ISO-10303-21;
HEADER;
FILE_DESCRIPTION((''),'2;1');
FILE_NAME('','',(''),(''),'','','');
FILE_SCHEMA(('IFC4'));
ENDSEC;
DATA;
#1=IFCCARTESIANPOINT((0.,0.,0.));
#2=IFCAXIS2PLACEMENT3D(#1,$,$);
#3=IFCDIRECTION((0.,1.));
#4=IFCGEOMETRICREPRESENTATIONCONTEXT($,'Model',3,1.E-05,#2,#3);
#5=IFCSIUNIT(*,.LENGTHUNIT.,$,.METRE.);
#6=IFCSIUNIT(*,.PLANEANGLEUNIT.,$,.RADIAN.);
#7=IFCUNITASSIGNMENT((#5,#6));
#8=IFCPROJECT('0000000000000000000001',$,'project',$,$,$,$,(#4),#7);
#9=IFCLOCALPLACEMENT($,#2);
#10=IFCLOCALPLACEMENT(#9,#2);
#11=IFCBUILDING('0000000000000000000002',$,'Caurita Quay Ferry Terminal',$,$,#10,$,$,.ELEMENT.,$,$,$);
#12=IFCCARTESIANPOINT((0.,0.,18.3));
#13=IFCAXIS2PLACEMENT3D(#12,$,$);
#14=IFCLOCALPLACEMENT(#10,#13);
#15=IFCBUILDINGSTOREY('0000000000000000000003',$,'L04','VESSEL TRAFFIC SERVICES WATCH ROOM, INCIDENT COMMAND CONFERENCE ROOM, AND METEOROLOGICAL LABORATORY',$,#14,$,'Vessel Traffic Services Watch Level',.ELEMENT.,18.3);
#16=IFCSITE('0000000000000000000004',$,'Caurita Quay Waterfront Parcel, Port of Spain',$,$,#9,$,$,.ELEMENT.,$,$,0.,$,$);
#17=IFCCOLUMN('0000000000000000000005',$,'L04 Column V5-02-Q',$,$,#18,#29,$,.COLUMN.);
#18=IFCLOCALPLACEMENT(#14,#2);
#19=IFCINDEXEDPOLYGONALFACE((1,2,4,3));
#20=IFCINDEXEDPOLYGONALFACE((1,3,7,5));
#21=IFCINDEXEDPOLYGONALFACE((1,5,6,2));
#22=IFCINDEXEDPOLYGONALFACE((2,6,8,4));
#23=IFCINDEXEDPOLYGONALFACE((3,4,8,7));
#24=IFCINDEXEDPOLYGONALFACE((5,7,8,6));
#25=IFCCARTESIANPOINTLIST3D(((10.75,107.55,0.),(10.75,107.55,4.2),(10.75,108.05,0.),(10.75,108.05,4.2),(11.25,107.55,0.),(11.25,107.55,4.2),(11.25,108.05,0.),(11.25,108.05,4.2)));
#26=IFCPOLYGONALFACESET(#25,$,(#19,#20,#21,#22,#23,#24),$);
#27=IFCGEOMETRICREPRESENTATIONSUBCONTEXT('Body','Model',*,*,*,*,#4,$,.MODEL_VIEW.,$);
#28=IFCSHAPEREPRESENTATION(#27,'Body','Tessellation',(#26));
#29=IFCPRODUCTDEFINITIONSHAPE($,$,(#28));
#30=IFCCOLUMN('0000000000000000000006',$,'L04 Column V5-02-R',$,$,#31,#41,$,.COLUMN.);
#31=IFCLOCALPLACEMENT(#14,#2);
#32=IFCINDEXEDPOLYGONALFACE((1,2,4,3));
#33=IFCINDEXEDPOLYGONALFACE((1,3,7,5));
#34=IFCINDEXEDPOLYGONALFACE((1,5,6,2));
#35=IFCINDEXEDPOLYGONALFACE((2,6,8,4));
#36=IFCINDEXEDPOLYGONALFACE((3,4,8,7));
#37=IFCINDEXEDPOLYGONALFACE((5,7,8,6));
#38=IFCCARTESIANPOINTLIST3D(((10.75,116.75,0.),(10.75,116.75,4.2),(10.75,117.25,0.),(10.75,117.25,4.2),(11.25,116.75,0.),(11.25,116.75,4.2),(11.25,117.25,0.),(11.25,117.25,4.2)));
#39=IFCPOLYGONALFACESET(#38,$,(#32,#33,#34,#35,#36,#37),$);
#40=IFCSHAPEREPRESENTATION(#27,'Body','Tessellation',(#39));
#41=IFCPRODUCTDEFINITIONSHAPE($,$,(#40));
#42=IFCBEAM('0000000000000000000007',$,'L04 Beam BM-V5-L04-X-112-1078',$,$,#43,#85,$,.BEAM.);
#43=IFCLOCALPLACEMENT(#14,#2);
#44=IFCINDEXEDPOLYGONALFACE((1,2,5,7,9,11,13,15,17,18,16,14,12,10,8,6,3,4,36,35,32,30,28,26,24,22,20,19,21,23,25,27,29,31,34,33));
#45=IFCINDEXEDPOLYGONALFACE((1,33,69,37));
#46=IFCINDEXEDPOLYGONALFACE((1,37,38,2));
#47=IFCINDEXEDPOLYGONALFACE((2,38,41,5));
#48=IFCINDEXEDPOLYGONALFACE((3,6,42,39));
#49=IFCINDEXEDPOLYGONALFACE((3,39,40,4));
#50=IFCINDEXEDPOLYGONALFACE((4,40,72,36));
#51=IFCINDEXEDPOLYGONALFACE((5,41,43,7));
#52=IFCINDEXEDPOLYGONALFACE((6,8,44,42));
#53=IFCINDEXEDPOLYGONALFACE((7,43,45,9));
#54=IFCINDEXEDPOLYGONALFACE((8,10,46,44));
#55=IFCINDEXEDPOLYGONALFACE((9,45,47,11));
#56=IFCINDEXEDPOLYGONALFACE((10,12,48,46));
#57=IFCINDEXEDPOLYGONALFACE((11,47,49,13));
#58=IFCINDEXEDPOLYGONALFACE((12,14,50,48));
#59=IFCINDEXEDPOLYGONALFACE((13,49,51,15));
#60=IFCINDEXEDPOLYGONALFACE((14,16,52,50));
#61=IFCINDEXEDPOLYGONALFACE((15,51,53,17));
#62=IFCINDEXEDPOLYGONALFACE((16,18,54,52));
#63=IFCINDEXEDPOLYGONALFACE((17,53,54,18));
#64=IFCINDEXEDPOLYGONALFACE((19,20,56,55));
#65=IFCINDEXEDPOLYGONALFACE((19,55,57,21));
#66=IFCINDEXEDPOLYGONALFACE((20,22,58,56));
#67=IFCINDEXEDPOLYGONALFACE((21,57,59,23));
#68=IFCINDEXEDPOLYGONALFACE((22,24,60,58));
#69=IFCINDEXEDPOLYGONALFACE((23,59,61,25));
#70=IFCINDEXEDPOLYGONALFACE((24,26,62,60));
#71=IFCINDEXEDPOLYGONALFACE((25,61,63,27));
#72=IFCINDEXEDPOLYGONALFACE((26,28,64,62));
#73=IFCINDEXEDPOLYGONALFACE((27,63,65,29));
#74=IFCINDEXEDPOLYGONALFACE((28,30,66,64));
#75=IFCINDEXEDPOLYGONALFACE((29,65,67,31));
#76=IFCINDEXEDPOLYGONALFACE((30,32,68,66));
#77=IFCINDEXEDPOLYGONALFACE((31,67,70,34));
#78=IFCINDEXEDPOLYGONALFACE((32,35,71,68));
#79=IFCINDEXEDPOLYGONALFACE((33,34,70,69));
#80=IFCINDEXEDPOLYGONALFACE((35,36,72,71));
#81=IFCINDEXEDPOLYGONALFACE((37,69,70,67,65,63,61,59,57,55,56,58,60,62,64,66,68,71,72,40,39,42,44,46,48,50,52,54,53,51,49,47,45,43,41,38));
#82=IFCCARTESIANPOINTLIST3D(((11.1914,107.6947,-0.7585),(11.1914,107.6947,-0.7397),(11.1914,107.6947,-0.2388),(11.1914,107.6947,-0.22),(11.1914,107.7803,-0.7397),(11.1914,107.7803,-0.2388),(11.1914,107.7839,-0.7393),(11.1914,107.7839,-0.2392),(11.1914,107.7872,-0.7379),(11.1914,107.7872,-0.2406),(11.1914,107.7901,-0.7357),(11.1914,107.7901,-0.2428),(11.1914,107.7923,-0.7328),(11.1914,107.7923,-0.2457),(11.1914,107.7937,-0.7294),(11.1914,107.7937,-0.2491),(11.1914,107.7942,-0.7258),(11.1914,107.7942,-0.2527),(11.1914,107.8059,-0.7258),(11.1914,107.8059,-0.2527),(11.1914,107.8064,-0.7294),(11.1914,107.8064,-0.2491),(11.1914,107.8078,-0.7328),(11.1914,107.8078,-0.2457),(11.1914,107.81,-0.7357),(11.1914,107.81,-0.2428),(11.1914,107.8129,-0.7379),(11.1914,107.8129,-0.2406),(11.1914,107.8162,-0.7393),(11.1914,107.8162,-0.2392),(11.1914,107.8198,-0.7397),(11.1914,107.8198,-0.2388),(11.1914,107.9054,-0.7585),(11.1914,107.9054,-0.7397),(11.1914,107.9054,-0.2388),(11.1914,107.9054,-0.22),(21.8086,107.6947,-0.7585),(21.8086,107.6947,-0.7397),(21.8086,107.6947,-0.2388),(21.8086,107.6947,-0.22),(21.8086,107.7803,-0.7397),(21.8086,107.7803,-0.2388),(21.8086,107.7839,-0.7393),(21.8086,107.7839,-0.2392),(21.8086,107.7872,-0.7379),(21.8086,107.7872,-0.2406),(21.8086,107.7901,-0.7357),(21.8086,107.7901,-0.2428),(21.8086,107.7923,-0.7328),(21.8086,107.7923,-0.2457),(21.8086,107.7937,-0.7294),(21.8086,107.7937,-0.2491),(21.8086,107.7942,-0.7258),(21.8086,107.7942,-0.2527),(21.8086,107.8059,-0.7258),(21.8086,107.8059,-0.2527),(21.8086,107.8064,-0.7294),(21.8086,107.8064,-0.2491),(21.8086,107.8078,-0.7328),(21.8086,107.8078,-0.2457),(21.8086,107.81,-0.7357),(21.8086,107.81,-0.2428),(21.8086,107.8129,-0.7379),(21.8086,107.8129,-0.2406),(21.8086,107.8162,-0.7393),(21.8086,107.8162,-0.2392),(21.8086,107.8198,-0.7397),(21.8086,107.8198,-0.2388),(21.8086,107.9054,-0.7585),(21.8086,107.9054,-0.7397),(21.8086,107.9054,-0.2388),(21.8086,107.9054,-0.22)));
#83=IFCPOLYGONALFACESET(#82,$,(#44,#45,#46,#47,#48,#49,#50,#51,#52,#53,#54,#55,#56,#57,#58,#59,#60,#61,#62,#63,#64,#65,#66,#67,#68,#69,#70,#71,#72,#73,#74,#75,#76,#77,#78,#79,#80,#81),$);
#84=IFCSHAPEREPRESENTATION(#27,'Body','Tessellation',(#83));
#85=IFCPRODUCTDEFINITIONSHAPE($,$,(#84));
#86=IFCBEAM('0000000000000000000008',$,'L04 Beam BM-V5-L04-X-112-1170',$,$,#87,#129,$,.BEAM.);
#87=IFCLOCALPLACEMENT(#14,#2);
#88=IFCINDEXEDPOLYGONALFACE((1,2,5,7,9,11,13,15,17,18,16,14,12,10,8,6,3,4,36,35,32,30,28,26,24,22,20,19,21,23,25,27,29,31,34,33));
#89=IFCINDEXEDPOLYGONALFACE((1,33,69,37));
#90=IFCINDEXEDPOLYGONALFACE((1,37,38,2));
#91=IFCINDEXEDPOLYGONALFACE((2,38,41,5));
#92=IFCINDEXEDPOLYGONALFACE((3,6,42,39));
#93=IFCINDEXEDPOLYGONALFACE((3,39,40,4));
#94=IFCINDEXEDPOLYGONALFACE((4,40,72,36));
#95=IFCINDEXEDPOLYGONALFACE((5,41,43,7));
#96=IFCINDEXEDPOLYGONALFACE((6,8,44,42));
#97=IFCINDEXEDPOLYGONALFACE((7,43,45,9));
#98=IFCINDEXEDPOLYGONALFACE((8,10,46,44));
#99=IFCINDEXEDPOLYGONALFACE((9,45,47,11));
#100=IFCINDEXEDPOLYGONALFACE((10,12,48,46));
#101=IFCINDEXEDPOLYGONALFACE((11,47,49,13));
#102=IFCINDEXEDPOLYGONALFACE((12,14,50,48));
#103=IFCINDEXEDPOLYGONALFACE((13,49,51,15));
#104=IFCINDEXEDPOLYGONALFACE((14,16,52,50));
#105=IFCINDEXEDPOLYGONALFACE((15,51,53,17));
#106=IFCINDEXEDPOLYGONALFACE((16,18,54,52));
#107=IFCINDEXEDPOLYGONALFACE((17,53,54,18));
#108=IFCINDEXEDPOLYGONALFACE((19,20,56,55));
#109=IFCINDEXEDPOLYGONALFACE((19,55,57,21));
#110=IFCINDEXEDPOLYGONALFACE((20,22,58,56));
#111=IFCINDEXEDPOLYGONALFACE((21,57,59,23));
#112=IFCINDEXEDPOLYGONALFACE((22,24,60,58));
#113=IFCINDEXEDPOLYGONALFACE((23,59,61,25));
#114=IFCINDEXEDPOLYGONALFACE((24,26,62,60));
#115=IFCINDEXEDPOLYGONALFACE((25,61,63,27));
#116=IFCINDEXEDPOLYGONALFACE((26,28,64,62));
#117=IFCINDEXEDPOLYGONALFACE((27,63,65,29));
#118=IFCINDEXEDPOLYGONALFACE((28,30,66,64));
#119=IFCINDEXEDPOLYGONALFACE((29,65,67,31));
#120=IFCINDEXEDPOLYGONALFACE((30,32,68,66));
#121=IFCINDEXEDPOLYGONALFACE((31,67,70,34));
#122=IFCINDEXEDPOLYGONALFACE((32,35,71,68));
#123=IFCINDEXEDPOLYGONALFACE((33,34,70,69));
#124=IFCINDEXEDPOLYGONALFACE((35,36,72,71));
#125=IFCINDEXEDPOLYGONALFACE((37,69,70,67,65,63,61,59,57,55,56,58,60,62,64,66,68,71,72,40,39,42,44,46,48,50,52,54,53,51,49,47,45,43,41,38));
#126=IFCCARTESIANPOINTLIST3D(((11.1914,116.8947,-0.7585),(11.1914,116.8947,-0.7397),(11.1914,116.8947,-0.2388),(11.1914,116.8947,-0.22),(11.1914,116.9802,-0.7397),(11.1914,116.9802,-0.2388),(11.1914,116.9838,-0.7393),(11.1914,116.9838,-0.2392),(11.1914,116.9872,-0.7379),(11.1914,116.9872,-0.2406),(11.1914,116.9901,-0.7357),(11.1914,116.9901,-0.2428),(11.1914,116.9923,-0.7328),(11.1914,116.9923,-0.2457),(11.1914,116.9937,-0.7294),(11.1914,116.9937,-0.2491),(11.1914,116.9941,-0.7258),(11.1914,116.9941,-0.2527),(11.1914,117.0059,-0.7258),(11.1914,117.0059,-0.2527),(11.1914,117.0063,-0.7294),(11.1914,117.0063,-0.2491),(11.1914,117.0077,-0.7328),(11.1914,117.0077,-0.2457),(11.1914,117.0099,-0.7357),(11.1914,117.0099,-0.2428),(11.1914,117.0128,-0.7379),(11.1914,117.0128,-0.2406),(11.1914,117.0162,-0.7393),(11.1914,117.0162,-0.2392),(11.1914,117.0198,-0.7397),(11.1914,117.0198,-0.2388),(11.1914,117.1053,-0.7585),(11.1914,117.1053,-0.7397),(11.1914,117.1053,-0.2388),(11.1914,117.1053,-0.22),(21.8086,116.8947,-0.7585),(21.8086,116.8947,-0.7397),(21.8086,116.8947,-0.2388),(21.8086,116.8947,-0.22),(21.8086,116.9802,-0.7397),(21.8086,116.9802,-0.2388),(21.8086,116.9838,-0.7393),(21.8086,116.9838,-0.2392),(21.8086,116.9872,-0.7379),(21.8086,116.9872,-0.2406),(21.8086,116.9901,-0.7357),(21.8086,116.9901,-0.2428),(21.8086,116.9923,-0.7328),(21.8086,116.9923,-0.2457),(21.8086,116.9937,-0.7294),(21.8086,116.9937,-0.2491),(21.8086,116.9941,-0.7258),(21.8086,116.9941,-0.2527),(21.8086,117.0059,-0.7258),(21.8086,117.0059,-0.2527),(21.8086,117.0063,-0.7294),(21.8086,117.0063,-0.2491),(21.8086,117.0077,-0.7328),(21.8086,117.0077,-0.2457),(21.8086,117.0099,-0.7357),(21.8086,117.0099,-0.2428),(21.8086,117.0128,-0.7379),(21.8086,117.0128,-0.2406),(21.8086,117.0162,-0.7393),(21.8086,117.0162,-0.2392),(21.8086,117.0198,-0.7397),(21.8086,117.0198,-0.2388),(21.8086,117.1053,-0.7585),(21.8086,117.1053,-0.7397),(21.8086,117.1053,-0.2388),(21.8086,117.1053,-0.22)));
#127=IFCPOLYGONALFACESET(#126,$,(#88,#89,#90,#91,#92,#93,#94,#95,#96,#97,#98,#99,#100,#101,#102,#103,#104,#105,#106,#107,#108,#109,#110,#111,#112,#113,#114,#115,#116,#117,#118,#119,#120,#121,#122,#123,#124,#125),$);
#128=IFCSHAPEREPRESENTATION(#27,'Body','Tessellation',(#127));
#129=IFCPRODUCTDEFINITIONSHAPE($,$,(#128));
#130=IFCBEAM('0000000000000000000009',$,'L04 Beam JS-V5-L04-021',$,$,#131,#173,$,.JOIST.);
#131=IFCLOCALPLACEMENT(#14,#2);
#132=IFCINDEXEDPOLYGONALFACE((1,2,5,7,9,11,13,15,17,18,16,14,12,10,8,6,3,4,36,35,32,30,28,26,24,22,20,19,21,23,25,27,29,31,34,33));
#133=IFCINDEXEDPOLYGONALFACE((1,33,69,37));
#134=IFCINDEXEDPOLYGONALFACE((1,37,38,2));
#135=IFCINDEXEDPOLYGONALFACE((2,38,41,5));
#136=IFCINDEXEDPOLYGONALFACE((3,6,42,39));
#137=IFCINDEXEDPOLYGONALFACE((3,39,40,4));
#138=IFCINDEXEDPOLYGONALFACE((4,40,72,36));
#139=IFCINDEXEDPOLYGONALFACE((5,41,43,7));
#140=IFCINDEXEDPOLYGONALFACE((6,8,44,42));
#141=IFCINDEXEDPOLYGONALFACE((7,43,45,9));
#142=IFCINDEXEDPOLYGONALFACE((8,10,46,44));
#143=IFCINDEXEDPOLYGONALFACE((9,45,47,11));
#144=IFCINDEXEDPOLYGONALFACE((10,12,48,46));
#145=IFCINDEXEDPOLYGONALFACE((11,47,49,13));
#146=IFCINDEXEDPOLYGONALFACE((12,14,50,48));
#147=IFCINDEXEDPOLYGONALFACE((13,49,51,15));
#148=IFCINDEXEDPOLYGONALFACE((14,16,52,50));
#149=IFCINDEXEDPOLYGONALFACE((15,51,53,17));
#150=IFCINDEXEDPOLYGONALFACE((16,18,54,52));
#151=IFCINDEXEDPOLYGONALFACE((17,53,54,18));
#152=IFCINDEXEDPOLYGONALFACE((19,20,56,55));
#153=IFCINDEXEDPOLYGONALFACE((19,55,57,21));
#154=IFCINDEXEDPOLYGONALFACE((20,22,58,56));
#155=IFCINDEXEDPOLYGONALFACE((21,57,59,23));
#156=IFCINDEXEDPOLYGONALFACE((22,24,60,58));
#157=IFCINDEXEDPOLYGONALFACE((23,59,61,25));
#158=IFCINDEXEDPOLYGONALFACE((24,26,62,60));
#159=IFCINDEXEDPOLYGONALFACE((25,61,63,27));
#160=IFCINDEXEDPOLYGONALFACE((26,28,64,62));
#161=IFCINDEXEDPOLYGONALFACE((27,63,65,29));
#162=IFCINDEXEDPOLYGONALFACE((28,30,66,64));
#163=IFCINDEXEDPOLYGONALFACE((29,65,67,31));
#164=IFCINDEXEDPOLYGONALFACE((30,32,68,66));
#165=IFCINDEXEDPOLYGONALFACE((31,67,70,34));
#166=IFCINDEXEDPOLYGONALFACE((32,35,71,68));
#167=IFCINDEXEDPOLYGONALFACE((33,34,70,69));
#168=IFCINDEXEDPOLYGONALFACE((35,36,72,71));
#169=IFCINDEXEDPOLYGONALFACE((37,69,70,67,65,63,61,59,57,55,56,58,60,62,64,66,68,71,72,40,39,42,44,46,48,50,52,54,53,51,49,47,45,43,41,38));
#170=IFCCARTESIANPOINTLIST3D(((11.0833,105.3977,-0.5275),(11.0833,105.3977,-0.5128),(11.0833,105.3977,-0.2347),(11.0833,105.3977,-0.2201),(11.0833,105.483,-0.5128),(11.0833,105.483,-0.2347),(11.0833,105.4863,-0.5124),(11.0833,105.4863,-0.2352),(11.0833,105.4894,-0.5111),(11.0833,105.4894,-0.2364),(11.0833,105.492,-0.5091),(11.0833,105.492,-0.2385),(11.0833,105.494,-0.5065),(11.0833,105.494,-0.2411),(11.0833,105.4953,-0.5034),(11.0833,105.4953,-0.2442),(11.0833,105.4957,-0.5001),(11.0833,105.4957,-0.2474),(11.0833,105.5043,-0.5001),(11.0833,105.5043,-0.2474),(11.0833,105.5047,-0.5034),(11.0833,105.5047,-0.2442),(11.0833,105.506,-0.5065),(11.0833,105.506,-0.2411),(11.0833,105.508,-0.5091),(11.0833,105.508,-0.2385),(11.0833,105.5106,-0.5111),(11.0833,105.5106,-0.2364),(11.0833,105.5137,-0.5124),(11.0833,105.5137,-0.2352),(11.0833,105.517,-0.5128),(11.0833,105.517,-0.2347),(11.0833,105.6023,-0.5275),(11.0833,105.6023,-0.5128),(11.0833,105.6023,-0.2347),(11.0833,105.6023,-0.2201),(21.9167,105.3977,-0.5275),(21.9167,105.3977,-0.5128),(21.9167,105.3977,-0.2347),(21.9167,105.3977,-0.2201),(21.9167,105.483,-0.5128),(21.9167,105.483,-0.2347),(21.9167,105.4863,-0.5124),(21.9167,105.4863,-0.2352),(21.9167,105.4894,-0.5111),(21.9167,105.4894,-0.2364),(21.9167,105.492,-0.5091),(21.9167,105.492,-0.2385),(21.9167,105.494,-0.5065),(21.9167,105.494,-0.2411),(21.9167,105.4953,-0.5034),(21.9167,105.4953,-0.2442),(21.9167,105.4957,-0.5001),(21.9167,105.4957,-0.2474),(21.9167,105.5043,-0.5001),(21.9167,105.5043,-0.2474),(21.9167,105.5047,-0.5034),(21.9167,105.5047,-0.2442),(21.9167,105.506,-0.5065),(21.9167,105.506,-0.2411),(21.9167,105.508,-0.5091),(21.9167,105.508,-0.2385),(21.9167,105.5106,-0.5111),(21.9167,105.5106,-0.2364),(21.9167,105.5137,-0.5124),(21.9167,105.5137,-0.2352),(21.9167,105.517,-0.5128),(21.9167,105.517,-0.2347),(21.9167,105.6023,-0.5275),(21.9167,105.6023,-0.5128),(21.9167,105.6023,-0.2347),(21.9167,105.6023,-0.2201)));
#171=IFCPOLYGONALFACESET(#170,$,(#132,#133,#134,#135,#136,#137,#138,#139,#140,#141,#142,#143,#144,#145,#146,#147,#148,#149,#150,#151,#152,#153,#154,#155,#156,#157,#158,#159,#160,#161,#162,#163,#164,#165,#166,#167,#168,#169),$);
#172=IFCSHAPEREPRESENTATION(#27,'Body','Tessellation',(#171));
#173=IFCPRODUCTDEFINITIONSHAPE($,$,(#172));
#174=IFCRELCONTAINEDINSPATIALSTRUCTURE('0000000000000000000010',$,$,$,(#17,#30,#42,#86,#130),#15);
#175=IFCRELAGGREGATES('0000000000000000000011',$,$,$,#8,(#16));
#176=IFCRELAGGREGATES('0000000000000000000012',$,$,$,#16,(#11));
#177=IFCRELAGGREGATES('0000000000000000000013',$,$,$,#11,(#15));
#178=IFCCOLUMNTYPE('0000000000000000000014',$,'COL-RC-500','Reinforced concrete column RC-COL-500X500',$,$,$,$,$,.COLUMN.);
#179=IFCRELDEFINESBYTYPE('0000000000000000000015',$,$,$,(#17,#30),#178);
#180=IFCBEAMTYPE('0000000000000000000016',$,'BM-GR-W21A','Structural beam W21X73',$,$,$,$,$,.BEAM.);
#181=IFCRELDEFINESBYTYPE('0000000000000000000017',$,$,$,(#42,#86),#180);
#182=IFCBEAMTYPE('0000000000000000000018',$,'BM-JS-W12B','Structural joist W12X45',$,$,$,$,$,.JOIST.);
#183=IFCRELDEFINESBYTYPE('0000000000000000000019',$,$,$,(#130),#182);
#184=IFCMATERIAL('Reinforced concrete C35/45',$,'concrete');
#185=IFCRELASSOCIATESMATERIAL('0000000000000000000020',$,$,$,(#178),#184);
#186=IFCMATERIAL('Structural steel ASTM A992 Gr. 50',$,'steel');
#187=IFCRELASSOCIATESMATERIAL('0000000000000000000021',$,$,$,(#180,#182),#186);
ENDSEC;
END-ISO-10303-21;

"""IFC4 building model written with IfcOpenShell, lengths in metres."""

from ifc_helpers import new_model, si_unit, direction, frame, origin, origin_2d, place, context, subcontext, project, spatial, rectangle, i_section, extrude, material, material_profile, profile_set, type_object, element, save


model = new_model("IFC4")

# Units and contexts
model_context = context("Model", 3, precision=1e-05, world=origin(), true_north=direction((0.0, 1.0)))
body_context = subcontext(model_context, "Body", "Model", "MODEL_VIEW")
ifc_project = project(units=[si_unit("LENGTHUNIT", "METRE"), si_unit("PLANEANGLEUNIT", "RADIAN")], contexts=[model_context])

# Site, building, storey
site_placement = place(None, origin())
site = spatial("IfcSite", under=ifc_project, at=site_placement, Name="Caurita Quay Waterfront Parcel, Port of Spain", CompositionType="ELEMENT", RefElevation=0.0)
building_placement = place(site_placement, origin())
building = spatial("IfcBuilding", under=site, at=building_placement, Name="Caurita Quay Ferry Terminal", CompositionType="ELEMENT")
storey_placement = place(building_placement, frame((0.0, 0.0, 18.3)))
storey = spatial("IfcBuildingStorey", under=building, at=storey_placement, Name="L04", Description="VESSEL TRAFFIC SERVICES WATCH ROOM, INCIDENT COMMAND CONFERENCE ROOM, AND METEOROLOGICAL LABORATORY", LongName="Vessel Traffic Services Watch Level", CompositionType="ELEMENT", Elevation=18.3)

# Columns
ifc_material_1 = material(Name="Reinforced concrete C35/45", Category="concrete")
ifc_material_profile_1 = material_profile(ifc_material_1, rectangle(XDim=0.5, YDim=0.5, at=origin_2d()), Name="RC-COL-500X500")
ifc_profile_set_1 = profile_set([ifc_material_profile_1], Name="Reinforced concrete C35/45")
column_type = type_object("IfcColumnType", Name="COL-RC-500", Description="Reinforced concrete column RC-COL-500X500", PredefinedType="COLUMN", material=ifc_profile_set_1)
for number, where, z_axis, x_axis, name in (
    (1, (11.0, 107.8, 0.0), (0.0, 0.0, 1.0), (1.0, 0.0, 0.0), "L04 Column V5-02-Q"),
    (2, (11.0, 117.0, 0.0), (0.0, 0.0, 1.0), (1.0, 0.0, 0.0), "L04 Column V5-02-R"),
):
    element("IfcColumn", number, at=place(storey_placement, frame(where, z_axis=z_axis, x_axis=x_axis)), inside=storey, type_object=column_type, Name=name, PredefinedType="COLUMN", context=body_context, shape_type="SweptSolid", body=[
        extrude(rectangle(XDim=0.5, YDim=0.5, at=origin_2d()), origin(), (0.0, 0.0, 1.0), 4.2),
    ])

# Beams
ifc_material_2 = material(Name="Structural steel ASTM A992 Gr. 50", Category="steel")
ifc_material_profile_2 = material_profile(ifc_material_2, i_section(OverallWidth=0.2107, OverallDepth=0.5386, WebThickness=0.0117, FlangeThickness=0.0188, FilletRadius=0.0139, at=origin_2d()), Name="W21X73")
ifc_profile_set_2 = profile_set([ifc_material_profile_2], Name="Structural steel ASTM A992 Gr. 50")
beam_type_1 = type_object("IfcBeamType", Name="BM-GR-W21A", Description="Structural beam W21X73", PredefinedType="BEAM", material=ifc_profile_set_2)
for number, where, z_axis, x_axis, name in (
    (3, (11.1914, 107.8, -0.4893), (1.0, 0.0, 0.0), (0.0, 1.0, 0.0), "L04 Beam BM-V5-L04-X-112-1078"),
    (4, (11.1914, 117.0, -0.4893), (1.0, 0.0, 0.0), (0.0, 1.0, 0.0), "L04 Beam BM-V5-L04-X-112-1170"),
):
    element("IfcBeam", number, at=place(storey_placement, frame(where, z_axis=z_axis, x_axis=x_axis)), inside=storey, type_object=beam_type_1, Name=name, PredefinedType="BEAM", context=body_context, shape_type="SweptSolid", body=[
        extrude(i_section(OverallWidth=0.2107, OverallDepth=0.5386, WebThickness=0.0117, FlangeThickness=0.0188, FilletRadius=0.0139, at=origin_2d()), origin(), (0.0, 0.0, 1.0), 10.6172),
    ])
ifc_material_profile_3 = material_profile(ifc_material_2, i_section(OverallWidth=0.2046, OverallDepth=0.3074, WebThickness=0.0085, FlangeThickness=0.0146, FilletRadius=0.0127, at=origin_2d()), Name="W12X45")
ifc_profile_set_3 = profile_set([ifc_material_profile_3], Name="Structural steel ASTM A992 Gr. 50")
beam_type_2 = type_object("IfcBeamType", Name="BM-JS-W12B", Description="Structural joist W12X45", PredefinedType="JOIST", material=ifc_profile_set_3)
for number, where, z_axis, x_axis, name in (
    (5, (11.0833, 105.5, -0.3738), (1.0, 0.0, 0.0), (0.0, 1.0, 0.0), "L04 Beam JS-V5-L04-021"),
):
    element("IfcBeam", number, at=place(storey_placement, frame(where, z_axis=z_axis, x_axis=x_axis)), inside=storey, type_object=beam_type_2, Name=name, PredefinedType="JOIST", context=body_context, shape_type="SweptSolid", body=[
        extrude(i_section(OverallWidth=0.2046, OverallDepth=0.3074, WebThickness=0.0085, FlangeThickness=0.0146, FilletRadius=0.0127, at=origin_2d()), origin(), (0.0, 0.0, 1.0), 10.8335),
    ])

save(model, "model.ifc")
